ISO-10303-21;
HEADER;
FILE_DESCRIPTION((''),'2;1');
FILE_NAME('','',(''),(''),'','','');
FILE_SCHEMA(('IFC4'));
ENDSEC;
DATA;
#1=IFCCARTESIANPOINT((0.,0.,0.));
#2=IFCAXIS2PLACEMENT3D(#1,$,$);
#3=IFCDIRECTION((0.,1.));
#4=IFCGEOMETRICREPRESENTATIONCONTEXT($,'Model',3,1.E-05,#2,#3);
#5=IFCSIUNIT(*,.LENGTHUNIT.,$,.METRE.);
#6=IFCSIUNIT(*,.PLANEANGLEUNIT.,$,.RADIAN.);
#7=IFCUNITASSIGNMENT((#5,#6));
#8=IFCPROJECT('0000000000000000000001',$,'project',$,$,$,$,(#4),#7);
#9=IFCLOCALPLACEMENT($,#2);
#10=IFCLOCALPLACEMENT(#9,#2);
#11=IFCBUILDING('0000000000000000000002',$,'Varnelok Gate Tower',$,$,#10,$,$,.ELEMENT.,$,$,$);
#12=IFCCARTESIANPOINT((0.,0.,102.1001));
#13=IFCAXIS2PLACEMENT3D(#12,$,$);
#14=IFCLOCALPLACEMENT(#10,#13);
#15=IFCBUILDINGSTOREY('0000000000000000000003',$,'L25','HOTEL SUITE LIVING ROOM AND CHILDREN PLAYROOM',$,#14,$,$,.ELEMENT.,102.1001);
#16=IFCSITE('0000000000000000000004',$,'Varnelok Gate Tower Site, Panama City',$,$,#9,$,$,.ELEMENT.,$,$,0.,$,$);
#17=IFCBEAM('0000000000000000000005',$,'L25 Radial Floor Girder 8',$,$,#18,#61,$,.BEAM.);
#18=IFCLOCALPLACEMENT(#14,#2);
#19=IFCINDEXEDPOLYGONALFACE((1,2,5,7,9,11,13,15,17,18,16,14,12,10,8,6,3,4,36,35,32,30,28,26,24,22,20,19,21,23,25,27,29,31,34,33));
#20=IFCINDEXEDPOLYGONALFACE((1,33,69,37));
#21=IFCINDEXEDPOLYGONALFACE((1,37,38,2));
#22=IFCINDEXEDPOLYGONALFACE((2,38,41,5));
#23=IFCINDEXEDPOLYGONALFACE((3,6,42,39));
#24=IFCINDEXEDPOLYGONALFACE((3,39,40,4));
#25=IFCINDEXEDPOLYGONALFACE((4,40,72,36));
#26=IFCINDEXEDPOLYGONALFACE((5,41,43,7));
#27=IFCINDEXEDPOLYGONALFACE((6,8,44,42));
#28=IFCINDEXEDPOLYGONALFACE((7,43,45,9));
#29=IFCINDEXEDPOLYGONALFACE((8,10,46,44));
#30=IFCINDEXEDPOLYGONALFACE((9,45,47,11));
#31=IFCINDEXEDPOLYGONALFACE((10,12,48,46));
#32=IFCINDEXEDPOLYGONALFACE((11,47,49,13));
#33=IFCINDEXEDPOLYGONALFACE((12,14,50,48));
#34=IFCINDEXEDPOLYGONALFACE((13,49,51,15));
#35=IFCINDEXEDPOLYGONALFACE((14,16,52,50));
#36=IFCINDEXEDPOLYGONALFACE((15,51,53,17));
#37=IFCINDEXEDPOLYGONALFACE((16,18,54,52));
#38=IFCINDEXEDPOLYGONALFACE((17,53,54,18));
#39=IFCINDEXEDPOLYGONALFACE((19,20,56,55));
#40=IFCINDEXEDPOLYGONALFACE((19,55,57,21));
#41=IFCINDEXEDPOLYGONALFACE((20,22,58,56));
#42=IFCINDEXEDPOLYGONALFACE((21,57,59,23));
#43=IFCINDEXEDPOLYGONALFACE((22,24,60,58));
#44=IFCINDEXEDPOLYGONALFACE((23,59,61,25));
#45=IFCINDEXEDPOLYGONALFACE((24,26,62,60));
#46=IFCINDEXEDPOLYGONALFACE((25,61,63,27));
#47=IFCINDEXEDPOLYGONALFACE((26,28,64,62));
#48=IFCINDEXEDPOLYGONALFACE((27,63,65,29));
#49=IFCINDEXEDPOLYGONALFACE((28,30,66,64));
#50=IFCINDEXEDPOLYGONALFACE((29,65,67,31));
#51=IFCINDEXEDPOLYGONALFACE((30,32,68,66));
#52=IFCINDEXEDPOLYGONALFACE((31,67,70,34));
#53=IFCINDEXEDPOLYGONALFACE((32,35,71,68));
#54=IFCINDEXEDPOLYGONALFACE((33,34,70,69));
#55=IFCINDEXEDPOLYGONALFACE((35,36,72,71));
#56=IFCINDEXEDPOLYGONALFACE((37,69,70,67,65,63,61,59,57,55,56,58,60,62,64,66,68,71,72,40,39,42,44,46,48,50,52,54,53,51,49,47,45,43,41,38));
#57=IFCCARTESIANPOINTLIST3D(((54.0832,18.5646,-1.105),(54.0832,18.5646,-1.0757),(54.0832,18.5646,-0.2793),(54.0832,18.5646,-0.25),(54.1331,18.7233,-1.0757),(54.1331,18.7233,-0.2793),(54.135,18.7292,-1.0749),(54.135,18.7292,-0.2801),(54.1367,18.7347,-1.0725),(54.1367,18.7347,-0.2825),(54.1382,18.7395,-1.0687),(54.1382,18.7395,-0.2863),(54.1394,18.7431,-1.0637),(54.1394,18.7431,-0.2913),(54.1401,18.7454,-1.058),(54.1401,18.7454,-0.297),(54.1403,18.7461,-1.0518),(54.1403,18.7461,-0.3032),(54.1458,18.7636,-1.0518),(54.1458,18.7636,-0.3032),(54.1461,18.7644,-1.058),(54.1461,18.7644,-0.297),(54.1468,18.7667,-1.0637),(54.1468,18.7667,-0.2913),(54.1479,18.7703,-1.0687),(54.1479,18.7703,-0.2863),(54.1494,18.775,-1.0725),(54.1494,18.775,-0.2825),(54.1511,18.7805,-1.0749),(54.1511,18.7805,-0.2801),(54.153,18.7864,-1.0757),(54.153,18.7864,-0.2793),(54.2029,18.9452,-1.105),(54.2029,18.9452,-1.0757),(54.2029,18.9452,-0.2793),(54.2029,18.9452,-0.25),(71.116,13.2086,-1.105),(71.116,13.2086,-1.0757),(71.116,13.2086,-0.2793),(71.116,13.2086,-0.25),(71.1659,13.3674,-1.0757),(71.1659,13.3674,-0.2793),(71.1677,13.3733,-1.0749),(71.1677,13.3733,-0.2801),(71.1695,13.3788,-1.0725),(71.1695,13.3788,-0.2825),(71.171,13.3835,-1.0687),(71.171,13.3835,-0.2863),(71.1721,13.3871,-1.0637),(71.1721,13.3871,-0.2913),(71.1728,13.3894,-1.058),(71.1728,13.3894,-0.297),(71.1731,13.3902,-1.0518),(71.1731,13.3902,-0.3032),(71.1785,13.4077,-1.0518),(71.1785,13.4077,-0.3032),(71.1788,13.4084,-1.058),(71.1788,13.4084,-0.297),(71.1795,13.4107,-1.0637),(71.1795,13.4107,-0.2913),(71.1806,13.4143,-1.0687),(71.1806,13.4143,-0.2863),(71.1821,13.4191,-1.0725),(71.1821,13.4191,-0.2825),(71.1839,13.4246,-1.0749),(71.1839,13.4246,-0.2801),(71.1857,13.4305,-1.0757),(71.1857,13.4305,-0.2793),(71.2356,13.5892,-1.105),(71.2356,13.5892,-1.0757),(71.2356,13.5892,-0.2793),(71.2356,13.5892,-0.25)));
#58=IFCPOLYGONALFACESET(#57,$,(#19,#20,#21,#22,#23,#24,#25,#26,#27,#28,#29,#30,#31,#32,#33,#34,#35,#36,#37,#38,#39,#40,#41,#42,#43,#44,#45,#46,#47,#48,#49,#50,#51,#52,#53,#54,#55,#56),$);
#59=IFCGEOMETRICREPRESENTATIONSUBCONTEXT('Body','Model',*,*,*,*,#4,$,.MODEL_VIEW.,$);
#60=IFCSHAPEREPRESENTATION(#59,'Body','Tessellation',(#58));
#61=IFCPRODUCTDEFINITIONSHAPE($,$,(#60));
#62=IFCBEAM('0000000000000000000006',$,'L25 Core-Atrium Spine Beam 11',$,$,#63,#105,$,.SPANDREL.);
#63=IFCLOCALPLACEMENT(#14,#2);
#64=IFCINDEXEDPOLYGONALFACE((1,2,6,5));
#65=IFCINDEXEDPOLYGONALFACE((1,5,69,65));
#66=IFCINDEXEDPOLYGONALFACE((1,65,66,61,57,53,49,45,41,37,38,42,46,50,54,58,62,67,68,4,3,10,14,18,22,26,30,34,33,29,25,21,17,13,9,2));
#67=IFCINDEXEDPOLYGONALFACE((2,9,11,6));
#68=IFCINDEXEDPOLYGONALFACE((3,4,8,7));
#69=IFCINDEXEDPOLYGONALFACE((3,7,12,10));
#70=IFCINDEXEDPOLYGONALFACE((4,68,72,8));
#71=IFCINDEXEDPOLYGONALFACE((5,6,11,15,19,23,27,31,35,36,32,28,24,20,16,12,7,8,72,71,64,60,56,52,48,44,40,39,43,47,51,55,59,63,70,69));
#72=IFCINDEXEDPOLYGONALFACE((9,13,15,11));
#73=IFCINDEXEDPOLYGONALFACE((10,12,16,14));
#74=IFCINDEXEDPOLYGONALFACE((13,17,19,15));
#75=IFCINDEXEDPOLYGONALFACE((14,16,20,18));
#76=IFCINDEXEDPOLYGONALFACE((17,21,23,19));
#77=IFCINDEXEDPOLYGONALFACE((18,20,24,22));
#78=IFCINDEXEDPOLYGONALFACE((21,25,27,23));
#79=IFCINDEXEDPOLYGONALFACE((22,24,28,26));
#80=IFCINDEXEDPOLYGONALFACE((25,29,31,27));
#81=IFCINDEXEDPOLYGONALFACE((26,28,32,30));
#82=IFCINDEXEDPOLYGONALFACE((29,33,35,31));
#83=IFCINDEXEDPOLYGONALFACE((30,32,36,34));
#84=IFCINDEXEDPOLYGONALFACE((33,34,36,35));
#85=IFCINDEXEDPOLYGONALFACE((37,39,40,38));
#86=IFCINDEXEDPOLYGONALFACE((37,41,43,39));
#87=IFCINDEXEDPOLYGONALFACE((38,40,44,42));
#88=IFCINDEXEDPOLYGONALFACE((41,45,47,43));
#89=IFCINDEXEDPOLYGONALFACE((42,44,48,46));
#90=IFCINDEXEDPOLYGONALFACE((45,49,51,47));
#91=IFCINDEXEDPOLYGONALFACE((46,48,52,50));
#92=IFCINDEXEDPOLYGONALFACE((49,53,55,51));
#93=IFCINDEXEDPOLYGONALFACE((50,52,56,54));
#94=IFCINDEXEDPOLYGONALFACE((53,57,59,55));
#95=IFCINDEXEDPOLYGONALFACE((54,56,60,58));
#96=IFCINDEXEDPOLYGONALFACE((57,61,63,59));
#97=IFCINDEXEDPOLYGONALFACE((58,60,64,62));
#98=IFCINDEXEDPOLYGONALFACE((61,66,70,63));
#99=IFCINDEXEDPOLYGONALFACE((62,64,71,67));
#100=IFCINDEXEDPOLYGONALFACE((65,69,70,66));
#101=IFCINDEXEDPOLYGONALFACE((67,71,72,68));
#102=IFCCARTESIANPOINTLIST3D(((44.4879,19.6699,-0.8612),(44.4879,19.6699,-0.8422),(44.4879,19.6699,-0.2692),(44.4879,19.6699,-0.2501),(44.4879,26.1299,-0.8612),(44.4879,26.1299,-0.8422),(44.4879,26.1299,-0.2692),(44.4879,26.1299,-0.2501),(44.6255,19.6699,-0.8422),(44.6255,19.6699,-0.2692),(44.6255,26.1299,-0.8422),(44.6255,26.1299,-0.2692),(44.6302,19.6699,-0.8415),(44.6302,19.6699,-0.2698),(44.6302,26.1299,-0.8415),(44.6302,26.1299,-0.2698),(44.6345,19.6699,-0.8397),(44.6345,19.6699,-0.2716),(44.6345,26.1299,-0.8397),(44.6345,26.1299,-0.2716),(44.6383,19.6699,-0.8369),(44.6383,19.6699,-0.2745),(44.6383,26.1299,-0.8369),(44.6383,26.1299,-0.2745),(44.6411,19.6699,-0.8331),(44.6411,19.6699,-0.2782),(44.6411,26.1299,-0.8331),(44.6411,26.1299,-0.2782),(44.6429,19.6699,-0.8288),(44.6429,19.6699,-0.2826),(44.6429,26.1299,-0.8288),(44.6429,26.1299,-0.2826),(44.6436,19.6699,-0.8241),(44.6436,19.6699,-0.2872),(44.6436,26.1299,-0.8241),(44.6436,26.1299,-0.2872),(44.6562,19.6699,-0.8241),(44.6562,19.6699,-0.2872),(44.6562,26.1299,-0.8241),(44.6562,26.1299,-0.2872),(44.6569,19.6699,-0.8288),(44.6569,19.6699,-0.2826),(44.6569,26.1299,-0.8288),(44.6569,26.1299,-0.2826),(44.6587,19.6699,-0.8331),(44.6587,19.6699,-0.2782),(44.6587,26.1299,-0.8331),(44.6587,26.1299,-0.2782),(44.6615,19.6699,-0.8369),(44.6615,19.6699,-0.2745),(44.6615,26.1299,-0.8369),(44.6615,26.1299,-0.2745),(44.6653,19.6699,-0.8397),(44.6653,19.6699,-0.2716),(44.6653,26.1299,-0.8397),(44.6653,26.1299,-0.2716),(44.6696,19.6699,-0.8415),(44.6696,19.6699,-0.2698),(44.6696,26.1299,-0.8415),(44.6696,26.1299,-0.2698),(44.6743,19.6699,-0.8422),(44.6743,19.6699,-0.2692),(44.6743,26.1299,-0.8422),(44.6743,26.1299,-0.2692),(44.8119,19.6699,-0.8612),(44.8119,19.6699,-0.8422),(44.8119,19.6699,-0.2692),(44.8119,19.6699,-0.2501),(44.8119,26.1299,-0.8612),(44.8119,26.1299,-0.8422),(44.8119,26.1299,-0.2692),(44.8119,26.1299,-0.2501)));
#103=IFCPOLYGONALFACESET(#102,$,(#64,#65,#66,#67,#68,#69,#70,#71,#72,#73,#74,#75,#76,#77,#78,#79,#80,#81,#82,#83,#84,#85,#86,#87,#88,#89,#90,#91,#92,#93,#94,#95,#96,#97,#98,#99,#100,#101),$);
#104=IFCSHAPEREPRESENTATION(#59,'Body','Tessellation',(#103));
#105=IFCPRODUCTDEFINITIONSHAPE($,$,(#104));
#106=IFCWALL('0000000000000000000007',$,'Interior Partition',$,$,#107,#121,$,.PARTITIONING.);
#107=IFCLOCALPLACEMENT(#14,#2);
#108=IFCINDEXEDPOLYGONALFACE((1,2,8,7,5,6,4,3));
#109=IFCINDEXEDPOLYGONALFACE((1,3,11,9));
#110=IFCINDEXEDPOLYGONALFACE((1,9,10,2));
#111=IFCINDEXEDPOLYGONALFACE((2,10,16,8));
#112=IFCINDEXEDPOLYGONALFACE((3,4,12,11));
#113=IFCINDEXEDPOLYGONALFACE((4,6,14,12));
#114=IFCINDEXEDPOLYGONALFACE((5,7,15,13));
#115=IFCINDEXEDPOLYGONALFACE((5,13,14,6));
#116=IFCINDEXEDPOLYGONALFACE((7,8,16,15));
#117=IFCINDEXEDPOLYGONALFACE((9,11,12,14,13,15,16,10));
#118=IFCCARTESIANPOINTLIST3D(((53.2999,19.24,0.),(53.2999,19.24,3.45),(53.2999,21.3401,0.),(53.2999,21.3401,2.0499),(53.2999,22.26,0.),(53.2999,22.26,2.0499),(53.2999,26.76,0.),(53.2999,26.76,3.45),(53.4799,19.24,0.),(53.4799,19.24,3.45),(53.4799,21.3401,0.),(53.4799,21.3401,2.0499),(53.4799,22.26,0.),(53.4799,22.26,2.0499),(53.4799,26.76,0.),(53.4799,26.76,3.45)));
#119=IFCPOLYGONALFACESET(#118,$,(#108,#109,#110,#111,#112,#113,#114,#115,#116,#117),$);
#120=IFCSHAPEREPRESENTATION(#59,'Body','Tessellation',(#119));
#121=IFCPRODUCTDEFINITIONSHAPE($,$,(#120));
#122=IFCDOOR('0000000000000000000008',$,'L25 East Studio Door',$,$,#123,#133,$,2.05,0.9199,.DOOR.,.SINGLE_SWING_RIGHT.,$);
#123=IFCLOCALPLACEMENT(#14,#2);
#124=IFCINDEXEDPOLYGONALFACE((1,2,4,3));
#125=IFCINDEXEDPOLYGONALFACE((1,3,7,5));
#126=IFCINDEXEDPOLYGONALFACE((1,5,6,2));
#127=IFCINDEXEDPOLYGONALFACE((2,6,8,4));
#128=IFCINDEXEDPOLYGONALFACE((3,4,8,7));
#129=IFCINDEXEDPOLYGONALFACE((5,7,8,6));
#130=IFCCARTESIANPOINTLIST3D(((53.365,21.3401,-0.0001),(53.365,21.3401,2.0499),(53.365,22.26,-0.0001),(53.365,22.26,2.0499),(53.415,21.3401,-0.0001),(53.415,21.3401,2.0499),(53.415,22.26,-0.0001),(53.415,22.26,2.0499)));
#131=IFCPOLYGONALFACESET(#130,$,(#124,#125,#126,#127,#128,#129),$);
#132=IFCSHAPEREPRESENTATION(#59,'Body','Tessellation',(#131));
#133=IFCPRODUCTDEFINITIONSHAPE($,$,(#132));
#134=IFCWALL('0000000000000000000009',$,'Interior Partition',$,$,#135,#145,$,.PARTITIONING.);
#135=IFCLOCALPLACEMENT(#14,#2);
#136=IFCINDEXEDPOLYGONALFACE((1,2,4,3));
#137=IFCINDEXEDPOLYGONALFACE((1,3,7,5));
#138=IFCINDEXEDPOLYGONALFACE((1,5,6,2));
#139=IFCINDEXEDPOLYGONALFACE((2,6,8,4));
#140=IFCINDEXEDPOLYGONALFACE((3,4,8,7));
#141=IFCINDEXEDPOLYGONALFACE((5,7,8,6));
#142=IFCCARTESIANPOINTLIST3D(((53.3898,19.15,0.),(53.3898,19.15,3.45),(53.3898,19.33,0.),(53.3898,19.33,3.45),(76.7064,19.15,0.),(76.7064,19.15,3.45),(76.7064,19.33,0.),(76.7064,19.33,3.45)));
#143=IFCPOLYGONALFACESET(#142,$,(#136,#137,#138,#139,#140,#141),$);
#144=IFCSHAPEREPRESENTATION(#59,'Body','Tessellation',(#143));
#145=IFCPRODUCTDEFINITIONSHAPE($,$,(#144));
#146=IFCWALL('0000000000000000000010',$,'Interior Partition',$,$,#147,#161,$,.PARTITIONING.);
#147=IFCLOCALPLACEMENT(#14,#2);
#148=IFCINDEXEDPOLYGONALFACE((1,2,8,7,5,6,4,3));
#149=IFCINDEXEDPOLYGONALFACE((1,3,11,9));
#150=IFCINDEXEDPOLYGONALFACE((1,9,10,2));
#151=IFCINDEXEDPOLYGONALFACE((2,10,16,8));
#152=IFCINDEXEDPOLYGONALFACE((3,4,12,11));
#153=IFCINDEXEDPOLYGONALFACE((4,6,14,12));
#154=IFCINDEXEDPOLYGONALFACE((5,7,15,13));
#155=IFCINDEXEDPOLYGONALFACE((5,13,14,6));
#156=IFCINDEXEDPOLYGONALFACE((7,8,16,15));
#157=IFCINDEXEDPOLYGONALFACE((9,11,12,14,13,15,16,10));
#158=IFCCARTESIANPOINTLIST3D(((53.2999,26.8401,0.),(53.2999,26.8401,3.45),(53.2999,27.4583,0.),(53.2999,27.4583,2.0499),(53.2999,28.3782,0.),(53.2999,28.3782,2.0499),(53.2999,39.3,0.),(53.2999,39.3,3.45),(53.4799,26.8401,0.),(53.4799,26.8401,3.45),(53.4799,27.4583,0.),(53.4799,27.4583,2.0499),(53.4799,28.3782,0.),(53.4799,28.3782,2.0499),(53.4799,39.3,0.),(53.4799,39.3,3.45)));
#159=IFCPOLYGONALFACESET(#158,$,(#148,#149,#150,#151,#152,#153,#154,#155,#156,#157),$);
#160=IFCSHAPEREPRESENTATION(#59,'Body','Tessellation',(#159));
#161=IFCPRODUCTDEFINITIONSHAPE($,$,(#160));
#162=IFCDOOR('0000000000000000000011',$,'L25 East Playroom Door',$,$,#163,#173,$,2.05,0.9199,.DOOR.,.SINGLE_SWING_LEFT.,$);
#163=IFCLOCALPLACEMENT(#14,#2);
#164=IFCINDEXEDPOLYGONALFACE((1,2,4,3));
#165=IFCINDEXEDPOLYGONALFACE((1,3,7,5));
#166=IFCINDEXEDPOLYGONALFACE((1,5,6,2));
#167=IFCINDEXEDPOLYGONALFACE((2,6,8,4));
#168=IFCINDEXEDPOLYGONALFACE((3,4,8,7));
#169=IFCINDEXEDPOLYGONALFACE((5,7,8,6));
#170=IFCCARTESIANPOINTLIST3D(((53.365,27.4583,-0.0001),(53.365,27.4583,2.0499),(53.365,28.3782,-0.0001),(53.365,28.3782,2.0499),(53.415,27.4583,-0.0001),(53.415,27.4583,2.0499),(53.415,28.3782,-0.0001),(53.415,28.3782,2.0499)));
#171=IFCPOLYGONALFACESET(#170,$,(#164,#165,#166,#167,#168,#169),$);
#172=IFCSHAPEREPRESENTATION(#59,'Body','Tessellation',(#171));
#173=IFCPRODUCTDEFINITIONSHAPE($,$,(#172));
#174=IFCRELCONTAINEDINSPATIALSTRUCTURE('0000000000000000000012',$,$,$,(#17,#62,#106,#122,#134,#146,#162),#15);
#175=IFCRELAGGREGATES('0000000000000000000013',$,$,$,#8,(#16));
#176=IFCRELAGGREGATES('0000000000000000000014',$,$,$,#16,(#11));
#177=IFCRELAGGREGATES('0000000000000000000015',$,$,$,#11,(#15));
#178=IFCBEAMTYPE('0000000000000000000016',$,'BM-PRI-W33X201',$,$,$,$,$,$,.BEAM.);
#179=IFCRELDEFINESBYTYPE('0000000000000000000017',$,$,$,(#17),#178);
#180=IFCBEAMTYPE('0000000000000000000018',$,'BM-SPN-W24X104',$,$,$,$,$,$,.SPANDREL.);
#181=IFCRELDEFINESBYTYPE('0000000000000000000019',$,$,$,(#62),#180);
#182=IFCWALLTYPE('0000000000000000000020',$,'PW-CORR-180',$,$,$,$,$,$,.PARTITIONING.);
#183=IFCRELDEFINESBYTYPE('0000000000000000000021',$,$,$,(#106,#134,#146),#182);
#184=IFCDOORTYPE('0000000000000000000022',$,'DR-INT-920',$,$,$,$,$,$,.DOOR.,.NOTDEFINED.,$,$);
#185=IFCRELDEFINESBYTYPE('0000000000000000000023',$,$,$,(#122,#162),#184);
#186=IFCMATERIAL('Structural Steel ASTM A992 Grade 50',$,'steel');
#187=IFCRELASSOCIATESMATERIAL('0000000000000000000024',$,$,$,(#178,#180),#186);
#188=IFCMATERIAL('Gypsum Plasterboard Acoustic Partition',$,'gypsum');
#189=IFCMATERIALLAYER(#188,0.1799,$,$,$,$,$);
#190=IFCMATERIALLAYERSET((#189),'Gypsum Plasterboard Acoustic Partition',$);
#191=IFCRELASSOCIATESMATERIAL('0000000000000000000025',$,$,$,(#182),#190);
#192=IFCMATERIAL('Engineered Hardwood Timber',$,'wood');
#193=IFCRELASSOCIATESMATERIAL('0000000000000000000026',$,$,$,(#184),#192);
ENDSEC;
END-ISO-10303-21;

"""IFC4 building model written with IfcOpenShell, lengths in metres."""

from ifc_helpers import new_model, si_unit, direction, frame, frame_2d, origin, origin_2d, place, context, subcontext, project, spatial, rectangle, i_section, extrude, material, layer, layer_set, material_profile, profile_set, type_object, element, fill, save


model = new_model("IFC4")

# Units and contexts
model_context = context("Model", 3, precision=1e-05, world=origin(), true_north=direction((0.0, 1.0)))
body_context = subcontext(model_context, "Body", "Model", "MODEL_VIEW")
ifc_project = project(units=[si_unit("LENGTHUNIT", "METRE"), si_unit("PLANEANGLEUNIT", "RADIAN")], contexts=[model_context])

# Site, building, storey
site_placement = place(None, origin())
site = spatial("IfcSite", under=ifc_project, at=site_placement, Name="Varnelok Gate Tower Site, Panama City", CompositionType="ELEMENT", RefElevation=0.0)
building_placement = place(site_placement, origin())
building = spatial("IfcBuilding", under=site, at=building_placement, Name="Varnelok Gate Tower", CompositionType="ELEMENT")
storey_placement = place(building_placement, frame((0.0, 0.0, 102.1001)))
storey = spatial("IfcBuildingStorey", under=building, at=storey_placement, Name="L25", Description="HOTEL SUITE LIVING ROOM AND CHILDREN PLAYROOM", CompositionType="ELEMENT", Elevation=102.1001)

# Shared definitions
ifc_material_1 = material(Name="Structural Steel ASTM A992 Grade 50", Category="steel")

# Beams
ifc_material_profile_1 = material_profile(ifc_material_1, i_section(OverallWidth=0.3989, OverallDepth=0.855, WebThickness=0.0183, FlangeThickness=0.0293, FilletRadius=0.0239, at=origin_2d()), Name="W33X201")
ifc_profile_set_1 = profile_set([ifc_material_profile_1], Name="Structural Steel ASTM A992 Grade 50")
beam_type_1 = type_object("IfcBeamType", Name="BM-PRI-W33X201", PredefinedType="BEAM", material=ifc_profile_set_1)
beam_1_placement = place(storey_placement, frame((54.1431, 18.7549, -0.6775), z_axis=(0.953949, -0.29997, 0.0), x_axis=(0.29997, 0.953949, 0.0)))
element("IfcBeam", 1, at=beam_1_placement, inside=storey, type_object=beam_type_1, Name="L25 Radial Floor Girder 8", PredefinedType="BEAM", context=body_context, shape_type="SweptSolid", body=[
    extrude(i_section(OverallWidth=0.3989, OverallDepth=0.855, WebThickness=0.0183, FlangeThickness=0.0293, FilletRadius=0.0239, at=origin_2d()), origin(), (0.0, 0.0, 1.0), 17.855),
])
ifc_material_profile_2 = material_profile(ifc_material_1, i_section(OverallWidth=0.324, OverallDepth=0.6111, WebThickness=0.0127, FlangeThickness=0.019, FilletRadius=0.0181, at=origin_2d()), Name="W24X104")
ifc_profile_set_2 = profile_set([ifc_material_profile_2], Name="Structural Steel ASTM A992 Grade 50")
beam_type_2 = type_object("IfcBeamType", Name="BM-SPN-W24X104", PredefinedType="SPANDREL", material=ifc_profile_set_2)
beam_2_placement = place(storey_placement, frame((44.6499, 19.6699, -0.5557), z_axis=(0.0, 1.0, 0.0), x_axis=(-1.0, 0.0, 0.0)))
element("IfcBeam", 2, at=beam_2_placement, inside=storey, type_object=beam_type_2, Name="L25 Core-Atrium Spine Beam 11", PredefinedType="SPANDREL", context=body_context, shape_type="SweptSolid", body=[
    extrude(i_section(OverallWidth=0.324, OverallDepth=0.6111, WebThickness=0.0127, FlangeThickness=0.019, FilletRadius=0.0181, at=origin_2d()), origin(), (0.0, 0.0, 1.0), 6.46),
])

# Wall, opening, door
ifc_material_2 = material(Name="Gypsum Plasterboard Acoustic Partition", Category="gypsum")
ifc_layer_1 = layer(ifc_material_2, 0.1799)
ifc_layer_set_1 = layer_set([ifc_layer_1], Name="Gypsum Plasterboard Acoustic Partition")
wall_type_1 = type_object("IfcWallType", Name="PW-CORR-180", PredefinedType="PARTITIONING", material=ifc_layer_set_1)
wall_1_placement = place(storey_placement, frame((53.3899, 19.24, 0.0), z_axis=(0.0, 0.0, 1.0), x_axis=(0.0, 1.0, 0.0)))
wall_1 = element("IfcWall", 3, at=wall_1_placement, inside=storey, type_object=wall_type_1, Name="Interior Partition", PredefinedType="PARTITIONING", context=body_context, shape_type="SweptSolid", body=[
    extrude(rectangle(XDim=7.52, YDim=0.1799, at=frame_2d((3.76, 0.0))), origin(), (0.0, 0.0, 1.0), 3.45),
])
opening_1_placement = place(wall_1_placement, frame((2.1001, 0.0, 0.0)))
opening_1 = element("IfcOpeningElement", 4, at=opening_1_placement, cuts=wall_1, PredefinedType="OPENING", context=body_context, shape_type="SweptSolid", body=[
    extrude(rectangle(XDim=0.9199, YDim=2.05, at=frame_2d((0.46, 1.0249))), frame((0.0, 0.0999, 0.0), z_axis=(0.0, -1.0, 0.0), x_axis=(1.0, 0.0, 0.0)), (0.0, 0.0, 1.0), 0.2),
])
ifc_material_3 = material(Name="Engineered Hardwood Timber", Category="wood")
door_type = type_object("IfcDoorType", Name="DR-INT-920", OperationType="NOTDEFINED", PredefinedType="DOOR", material=ifc_material_3)
door_1_placement = place(opening_1_placement, origin())
door_1 = element("IfcDoor", 5, at=door_1_placement, inside=storey, type_object=door_type, Name="L25 East Studio Door", OperationType="SINGLE_SWING_RIGHT", OverallHeight=2.05, OverallWidth=0.9199, PredefinedType="DOOR", context=body_context, shape_type="SweptSolid", body=[
    extrude(rectangle(XDim=0.9199, YDim=2.05, at=frame_2d((0.46, 1.0249))), frame((0.0, 0.0249, 0.0), z_axis=(0.0, -1.0, 0.0), x_axis=(1.0, 0.0, 0.0)), (0.0, 0.0, 1.0), 0.05),
])
fill(opening_1, door_1)

# Wall
wall_2_placement = place(storey_placement, frame((53.3899, 19.24, 0.0), z_axis=(0.0, 0.0, 1.0), x_axis=(1.0, 0.0, 0.0)))
element("IfcWall", 6, at=wall_2_placement, inside=storey, type_object=wall_type_1, Name="Interior Partition", PredefinedType="PARTITIONING", context=body_context, shape_type="SweptSolid", body=[
    extrude(rectangle(XDim=23.3167, YDim=0.1799, at=frame_2d((11.6582, 0.0))), origin(), (0.0, 0.0, 1.0), 3.45),
])

# Wall, opening, door
wall_3_placement = place(storey_placement, frame((53.3899, 26.8401, 0.0), z_axis=(0.0, 0.0, 1.0), x_axis=(0.0, 1.0, 0.0)))
wall_3 = element("IfcWall", 7, at=wall_3_placement, inside=storey, type_object=wall_type_1, Name="Interior Partition", PredefinedType="PARTITIONING", context=body_context, shape_type="SweptSolid", body=[
    extrude(rectangle(XDim=12.46, YDim=0.1799, at=frame_2d((6.23, 0.0))), origin(), (0.0, 0.0, 1.0), 3.45),
])
opening_2_placement = place(wall_3_placement, frame((0.6182, 0.0, 0.0)))
opening_2 = element("IfcOpeningElement", 8, at=opening_2_placement, cuts=wall_3, PredefinedType="OPENING", context=body_context, shape_type="SweptSolid", body=[
    extrude(rectangle(XDim=0.9199, YDim=2.05, at=frame_2d((0.46, 1.0249))), frame((0.0, 0.0999, 0.0), z_axis=(0.0, -1.0, 0.0), x_axis=(1.0, 0.0, 0.0)), (0.0, 0.0, 1.0), 0.2),
])
door_2_placement = place(opening_2_placement, origin())
door_2 = element("IfcDoor", 9, at=door_2_placement, inside=storey, type_object=door_type, Name="L25 East Playroom Door", OperationType="SINGLE_SWING_LEFT", OverallHeight=2.05, OverallWidth=0.9199, PredefinedType="DOOR", context=body_context, shape_type="SweptSolid", body=[
    extrude(rectangle(XDim=0.9199, YDim=2.05, at=frame_2d((0.46, 1.0249))), frame((0.0, 0.0249, 0.0), z_axis=(0.0, -1.0, 0.0), x_axis=(1.0, 0.0, 0.0)), (0.0, 0.0, 1.0), 0.05),
])
fill(opening_2, door_2)

save(model, "model.ifc")
